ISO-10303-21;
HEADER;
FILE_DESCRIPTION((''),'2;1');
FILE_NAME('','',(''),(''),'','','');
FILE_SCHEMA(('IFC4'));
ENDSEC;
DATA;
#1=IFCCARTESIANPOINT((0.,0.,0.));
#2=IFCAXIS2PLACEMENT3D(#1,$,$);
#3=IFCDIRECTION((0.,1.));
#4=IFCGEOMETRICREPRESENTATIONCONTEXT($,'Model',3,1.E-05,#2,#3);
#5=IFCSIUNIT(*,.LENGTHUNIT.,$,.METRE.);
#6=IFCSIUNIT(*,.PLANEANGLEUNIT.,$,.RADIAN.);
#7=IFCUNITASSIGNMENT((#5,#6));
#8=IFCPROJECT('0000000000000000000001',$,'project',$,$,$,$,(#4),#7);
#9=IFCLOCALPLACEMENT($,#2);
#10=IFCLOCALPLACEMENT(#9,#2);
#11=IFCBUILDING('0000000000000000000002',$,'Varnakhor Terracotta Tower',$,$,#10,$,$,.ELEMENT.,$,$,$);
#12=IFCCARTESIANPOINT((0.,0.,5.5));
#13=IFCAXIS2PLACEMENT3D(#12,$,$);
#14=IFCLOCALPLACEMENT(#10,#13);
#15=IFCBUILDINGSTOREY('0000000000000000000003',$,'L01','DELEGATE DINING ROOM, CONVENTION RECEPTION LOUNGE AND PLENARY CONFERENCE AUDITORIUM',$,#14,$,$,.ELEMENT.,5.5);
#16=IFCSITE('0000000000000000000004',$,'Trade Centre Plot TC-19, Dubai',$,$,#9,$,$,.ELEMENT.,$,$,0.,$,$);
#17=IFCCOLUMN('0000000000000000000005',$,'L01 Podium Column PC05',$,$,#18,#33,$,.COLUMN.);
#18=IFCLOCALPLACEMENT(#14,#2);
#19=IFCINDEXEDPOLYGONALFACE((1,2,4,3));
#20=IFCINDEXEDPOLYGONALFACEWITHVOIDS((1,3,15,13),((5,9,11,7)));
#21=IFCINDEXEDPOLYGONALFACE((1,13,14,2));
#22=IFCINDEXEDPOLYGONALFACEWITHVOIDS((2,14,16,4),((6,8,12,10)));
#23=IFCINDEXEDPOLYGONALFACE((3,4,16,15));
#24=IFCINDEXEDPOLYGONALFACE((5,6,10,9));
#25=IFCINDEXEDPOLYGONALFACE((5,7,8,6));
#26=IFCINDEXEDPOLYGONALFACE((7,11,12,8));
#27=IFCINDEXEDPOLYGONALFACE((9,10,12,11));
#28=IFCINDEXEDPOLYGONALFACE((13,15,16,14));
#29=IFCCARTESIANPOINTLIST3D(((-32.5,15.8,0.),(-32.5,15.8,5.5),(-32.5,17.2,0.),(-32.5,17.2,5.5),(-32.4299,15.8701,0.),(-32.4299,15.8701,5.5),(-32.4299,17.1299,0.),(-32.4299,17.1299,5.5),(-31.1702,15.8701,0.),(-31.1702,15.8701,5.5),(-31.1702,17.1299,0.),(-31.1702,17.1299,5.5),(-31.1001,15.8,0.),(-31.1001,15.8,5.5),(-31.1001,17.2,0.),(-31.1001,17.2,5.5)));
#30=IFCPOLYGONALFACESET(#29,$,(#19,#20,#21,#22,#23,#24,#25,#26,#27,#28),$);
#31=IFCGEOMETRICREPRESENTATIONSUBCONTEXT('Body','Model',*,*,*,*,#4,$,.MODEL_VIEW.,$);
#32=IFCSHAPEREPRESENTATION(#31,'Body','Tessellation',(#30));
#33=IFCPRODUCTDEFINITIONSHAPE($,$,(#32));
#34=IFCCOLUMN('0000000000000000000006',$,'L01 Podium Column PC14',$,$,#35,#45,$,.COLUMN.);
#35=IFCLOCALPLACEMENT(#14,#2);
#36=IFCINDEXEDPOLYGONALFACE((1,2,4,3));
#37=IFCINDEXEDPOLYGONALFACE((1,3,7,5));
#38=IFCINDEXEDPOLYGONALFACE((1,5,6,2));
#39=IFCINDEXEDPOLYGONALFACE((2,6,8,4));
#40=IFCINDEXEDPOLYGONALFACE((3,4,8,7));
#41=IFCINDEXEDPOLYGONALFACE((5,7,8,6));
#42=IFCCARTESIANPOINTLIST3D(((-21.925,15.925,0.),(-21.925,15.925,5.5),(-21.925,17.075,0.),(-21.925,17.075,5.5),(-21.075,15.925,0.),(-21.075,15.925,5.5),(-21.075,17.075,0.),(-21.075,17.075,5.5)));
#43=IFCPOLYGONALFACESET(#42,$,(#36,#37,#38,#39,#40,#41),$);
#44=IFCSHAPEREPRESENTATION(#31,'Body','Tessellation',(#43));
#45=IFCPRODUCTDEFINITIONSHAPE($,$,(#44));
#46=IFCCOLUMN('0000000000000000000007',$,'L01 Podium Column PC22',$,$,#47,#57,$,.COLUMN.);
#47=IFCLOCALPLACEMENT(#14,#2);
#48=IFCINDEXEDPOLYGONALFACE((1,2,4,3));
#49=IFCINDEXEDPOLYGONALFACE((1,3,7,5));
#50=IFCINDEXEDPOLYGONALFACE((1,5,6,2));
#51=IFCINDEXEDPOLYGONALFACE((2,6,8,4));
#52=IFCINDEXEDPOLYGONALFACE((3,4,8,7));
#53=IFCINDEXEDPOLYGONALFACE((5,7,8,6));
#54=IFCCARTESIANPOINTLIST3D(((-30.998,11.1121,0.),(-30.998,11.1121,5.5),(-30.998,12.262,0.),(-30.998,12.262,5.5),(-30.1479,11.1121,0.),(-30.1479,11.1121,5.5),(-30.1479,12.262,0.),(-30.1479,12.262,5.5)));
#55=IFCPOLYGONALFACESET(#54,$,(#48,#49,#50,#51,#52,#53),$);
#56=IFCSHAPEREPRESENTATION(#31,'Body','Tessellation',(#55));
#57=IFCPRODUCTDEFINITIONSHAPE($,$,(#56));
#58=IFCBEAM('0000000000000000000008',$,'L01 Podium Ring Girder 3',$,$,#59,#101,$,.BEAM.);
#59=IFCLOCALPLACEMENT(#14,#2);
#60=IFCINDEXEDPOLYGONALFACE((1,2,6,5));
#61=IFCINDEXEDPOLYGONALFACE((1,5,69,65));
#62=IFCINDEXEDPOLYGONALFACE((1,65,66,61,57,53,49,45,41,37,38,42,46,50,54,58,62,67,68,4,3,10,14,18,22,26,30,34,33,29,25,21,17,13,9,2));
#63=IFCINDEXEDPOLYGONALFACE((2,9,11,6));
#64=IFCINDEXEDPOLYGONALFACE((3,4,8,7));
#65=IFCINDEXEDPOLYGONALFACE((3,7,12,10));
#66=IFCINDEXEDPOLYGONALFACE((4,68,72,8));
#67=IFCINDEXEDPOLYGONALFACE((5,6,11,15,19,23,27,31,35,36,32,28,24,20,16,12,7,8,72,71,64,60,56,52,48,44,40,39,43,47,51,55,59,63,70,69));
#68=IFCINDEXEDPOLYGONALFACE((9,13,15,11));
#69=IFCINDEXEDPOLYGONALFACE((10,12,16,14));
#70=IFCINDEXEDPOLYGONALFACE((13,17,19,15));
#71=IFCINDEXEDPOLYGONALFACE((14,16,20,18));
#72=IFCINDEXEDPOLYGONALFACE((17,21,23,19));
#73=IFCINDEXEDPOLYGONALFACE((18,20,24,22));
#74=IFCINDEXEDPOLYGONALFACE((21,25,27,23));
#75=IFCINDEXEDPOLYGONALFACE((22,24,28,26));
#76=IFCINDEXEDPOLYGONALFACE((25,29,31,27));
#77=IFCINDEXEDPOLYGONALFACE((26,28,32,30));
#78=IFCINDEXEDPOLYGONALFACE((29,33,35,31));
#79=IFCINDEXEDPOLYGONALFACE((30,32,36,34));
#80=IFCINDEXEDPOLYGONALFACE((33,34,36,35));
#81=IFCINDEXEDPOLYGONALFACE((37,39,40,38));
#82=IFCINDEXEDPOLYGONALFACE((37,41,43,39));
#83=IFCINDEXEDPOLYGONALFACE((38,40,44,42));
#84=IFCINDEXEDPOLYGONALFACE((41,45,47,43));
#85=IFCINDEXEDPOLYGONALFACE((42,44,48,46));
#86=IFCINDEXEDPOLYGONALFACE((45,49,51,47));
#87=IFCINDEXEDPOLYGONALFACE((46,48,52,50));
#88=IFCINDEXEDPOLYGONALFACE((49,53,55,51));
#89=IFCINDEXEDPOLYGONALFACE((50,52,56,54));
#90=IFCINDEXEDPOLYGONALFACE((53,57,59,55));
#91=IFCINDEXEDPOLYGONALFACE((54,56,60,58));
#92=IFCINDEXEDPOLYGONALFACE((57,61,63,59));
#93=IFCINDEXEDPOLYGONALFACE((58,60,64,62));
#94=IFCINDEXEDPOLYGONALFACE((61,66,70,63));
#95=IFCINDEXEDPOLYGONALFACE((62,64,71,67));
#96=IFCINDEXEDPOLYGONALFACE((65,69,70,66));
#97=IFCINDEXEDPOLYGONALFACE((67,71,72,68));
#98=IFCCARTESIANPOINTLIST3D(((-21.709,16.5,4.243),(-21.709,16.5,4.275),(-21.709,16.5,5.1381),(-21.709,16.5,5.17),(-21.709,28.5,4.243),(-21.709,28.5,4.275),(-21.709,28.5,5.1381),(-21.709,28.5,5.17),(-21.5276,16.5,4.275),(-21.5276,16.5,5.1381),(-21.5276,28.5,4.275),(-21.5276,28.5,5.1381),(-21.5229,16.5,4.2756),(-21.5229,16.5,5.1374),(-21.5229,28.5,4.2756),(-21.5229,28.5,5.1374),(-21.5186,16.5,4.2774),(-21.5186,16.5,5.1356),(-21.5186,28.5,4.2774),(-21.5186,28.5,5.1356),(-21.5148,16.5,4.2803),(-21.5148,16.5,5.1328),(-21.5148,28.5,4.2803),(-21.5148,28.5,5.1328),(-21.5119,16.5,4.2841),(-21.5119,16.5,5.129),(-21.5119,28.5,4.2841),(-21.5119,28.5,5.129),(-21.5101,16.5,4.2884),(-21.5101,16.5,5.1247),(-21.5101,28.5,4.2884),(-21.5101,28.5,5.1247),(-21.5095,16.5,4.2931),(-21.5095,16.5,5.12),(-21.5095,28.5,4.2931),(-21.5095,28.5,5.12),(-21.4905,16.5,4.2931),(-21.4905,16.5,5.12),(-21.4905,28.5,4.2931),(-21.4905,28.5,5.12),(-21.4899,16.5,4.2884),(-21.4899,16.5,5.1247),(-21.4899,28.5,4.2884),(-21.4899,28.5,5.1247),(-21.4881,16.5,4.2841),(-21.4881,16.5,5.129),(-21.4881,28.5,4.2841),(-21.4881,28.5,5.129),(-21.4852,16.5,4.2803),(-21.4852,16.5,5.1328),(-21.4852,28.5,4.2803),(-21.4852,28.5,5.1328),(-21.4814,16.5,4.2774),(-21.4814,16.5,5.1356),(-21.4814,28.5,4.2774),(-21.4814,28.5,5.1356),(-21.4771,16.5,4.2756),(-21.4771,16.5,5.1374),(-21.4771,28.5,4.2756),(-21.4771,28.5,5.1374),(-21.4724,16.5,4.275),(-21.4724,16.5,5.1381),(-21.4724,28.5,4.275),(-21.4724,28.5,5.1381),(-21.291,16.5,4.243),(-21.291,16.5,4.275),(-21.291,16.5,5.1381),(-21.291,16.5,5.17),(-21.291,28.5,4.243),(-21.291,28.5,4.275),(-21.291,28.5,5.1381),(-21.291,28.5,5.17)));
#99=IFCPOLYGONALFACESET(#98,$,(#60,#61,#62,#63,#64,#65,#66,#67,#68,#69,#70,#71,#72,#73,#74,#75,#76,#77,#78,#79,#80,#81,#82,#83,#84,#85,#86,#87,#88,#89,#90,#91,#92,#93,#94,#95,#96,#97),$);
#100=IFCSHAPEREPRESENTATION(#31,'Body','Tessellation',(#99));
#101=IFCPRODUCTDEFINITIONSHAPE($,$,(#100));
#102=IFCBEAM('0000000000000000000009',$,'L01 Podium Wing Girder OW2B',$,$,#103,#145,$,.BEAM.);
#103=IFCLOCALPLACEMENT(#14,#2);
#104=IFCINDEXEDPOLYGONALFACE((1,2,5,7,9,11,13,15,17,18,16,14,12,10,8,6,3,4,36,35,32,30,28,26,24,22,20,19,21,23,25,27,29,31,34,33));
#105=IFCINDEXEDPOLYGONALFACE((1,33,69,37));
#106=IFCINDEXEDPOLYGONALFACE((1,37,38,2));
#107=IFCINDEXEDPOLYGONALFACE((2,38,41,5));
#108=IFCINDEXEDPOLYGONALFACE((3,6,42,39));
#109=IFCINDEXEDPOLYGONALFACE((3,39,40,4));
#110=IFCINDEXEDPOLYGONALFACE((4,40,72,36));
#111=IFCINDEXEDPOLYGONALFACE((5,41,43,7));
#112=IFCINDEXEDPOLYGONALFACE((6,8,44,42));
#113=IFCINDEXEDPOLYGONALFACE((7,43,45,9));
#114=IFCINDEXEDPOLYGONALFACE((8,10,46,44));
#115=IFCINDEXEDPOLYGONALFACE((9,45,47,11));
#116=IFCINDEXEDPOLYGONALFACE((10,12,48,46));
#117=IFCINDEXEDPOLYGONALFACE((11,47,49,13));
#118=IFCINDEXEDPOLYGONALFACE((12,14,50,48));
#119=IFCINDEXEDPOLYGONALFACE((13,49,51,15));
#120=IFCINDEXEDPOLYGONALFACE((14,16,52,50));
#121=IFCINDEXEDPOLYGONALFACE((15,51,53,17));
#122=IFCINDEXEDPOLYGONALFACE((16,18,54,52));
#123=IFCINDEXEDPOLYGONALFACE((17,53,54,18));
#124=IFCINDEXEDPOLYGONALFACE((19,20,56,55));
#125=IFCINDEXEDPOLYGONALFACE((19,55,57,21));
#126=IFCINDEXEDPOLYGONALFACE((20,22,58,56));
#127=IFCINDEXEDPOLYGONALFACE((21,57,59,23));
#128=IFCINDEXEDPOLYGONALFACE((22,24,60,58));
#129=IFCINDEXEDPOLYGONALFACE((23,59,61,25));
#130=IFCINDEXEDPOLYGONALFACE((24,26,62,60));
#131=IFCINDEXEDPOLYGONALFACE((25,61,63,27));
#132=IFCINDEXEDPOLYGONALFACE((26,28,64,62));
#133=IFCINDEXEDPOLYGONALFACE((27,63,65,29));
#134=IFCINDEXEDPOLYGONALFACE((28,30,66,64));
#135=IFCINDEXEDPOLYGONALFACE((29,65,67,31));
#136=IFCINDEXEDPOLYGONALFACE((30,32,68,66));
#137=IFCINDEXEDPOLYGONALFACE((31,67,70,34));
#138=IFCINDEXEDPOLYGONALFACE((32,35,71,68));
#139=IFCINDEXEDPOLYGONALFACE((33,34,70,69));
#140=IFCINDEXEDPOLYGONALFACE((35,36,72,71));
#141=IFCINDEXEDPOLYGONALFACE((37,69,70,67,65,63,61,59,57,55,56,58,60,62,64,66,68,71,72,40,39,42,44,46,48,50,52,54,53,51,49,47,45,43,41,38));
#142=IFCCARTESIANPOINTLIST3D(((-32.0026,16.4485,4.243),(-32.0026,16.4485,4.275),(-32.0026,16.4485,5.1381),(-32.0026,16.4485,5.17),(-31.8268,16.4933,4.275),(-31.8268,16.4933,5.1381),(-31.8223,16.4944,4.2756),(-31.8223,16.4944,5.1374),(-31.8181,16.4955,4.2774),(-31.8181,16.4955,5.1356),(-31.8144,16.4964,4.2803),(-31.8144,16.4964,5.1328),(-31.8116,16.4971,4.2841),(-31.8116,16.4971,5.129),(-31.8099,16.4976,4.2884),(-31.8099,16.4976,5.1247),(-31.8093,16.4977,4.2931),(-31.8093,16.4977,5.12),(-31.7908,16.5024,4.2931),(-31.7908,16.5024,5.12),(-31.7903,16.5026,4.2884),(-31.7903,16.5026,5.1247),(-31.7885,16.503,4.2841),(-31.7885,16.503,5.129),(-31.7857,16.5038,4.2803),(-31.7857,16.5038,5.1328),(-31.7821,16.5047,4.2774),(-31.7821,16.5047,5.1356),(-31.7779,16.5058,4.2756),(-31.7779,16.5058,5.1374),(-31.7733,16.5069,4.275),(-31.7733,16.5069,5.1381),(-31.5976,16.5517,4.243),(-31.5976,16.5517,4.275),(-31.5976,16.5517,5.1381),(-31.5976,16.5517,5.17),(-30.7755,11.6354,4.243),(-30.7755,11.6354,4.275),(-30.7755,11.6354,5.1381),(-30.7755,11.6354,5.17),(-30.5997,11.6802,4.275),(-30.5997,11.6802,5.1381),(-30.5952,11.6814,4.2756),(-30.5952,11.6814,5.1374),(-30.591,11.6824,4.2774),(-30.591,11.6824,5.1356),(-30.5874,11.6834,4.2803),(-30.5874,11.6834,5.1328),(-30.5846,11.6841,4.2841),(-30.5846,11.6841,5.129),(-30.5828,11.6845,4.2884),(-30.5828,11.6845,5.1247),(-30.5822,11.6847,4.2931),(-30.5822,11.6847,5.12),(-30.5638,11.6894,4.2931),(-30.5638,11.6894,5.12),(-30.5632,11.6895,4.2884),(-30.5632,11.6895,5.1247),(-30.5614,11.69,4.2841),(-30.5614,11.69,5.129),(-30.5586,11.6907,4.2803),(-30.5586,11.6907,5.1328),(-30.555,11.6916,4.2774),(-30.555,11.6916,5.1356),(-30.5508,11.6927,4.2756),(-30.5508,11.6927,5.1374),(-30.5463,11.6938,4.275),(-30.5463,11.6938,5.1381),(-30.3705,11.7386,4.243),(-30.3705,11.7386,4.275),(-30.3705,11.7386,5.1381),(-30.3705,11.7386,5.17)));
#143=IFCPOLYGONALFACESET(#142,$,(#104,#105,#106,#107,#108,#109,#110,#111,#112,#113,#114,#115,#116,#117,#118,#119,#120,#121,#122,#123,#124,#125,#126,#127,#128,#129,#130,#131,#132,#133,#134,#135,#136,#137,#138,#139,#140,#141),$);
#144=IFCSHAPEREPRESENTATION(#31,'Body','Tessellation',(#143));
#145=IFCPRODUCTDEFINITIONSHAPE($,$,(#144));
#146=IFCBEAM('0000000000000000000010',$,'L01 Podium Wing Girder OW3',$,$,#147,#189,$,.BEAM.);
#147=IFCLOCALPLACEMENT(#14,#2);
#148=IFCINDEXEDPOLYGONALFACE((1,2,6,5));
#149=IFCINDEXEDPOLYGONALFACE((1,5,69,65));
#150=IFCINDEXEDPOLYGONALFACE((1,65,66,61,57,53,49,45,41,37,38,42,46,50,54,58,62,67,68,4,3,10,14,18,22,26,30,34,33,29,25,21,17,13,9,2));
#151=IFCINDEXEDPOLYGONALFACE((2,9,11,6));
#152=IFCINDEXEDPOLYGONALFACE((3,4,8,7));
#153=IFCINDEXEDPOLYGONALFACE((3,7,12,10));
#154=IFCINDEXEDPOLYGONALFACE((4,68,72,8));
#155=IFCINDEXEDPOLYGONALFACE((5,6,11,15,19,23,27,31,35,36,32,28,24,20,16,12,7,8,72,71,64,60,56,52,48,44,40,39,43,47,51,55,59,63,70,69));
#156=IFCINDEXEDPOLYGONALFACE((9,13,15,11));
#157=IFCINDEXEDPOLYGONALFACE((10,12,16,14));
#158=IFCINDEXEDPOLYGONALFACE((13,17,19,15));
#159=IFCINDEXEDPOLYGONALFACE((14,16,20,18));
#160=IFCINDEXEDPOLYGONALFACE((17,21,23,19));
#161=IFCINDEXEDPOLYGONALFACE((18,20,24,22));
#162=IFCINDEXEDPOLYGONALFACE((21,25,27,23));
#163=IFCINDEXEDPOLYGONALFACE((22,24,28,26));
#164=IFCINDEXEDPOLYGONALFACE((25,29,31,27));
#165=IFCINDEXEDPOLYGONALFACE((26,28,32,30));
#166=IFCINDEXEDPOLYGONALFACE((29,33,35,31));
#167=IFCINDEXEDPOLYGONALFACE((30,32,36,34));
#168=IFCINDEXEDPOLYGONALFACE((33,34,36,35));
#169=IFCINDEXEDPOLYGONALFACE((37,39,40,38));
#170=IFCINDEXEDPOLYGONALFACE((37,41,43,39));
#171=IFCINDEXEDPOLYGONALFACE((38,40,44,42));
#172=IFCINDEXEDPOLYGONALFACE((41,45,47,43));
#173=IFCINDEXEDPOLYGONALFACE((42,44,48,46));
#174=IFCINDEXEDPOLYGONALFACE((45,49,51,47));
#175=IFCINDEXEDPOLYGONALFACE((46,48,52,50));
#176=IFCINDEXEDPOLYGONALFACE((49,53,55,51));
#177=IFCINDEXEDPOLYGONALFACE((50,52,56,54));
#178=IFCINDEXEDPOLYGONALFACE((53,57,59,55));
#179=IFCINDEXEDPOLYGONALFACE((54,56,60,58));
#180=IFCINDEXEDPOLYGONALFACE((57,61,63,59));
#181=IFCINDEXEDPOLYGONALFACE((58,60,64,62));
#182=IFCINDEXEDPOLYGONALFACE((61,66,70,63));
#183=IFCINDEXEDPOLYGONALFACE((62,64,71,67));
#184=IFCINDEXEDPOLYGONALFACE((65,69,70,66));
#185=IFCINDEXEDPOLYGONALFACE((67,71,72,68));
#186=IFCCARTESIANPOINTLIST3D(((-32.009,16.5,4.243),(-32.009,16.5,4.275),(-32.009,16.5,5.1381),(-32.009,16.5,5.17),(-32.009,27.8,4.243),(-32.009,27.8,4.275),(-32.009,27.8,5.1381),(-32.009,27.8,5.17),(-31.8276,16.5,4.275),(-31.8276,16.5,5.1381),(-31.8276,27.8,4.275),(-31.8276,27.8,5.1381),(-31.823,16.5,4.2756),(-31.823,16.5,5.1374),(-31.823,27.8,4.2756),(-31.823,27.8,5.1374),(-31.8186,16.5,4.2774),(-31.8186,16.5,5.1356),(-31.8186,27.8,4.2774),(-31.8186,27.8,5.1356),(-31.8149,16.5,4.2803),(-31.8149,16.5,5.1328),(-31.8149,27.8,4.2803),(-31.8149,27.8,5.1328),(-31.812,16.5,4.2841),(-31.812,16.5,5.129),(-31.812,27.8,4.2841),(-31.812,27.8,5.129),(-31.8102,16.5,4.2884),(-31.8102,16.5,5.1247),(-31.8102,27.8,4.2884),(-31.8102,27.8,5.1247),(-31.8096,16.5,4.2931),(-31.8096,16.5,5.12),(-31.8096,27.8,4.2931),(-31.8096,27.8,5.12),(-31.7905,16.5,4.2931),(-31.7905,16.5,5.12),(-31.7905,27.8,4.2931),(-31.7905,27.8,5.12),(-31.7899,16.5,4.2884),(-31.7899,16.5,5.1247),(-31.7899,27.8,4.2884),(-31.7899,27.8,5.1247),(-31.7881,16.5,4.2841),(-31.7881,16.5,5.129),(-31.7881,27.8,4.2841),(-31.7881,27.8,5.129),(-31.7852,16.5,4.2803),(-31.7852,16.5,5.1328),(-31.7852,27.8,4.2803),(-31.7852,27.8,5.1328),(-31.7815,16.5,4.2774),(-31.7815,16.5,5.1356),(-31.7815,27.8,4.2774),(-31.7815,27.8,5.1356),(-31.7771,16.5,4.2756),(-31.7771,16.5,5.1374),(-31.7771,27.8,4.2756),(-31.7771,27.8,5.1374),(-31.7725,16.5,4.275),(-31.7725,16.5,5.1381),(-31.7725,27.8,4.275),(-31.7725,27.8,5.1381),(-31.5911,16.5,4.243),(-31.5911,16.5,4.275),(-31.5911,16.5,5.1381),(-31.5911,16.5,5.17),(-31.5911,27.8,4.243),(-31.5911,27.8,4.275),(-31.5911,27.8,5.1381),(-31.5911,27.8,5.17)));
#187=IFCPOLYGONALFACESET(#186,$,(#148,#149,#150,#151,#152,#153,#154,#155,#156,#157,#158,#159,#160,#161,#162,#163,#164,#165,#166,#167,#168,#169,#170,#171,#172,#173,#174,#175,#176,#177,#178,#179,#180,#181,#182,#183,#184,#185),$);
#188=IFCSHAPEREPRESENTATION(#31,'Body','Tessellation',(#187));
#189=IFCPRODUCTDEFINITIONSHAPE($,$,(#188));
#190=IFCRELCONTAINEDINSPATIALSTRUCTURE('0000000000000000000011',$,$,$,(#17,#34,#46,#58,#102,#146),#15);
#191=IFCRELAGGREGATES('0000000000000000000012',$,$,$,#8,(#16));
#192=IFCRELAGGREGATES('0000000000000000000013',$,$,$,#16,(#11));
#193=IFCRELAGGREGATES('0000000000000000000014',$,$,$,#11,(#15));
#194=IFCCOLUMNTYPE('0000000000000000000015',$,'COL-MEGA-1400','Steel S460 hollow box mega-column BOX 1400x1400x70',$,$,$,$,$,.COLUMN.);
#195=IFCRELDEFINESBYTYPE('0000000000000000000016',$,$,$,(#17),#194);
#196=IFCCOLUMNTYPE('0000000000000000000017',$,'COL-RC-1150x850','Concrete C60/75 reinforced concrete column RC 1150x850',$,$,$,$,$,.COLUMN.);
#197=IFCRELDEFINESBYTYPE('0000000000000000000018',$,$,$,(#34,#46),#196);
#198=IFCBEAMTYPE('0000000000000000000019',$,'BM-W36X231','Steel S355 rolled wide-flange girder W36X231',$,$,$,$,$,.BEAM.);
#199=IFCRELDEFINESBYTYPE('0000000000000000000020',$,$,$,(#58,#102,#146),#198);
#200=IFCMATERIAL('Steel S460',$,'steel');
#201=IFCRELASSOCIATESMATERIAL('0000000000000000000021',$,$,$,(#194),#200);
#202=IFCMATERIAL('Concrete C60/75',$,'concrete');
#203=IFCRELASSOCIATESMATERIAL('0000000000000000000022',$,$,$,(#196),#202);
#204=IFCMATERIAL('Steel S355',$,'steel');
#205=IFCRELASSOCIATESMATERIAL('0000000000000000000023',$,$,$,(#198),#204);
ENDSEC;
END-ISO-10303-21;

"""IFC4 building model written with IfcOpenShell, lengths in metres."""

from ifc_helpers import new_model, si_unit, direction, frame, origin, origin_2d, place, context, subcontext, project, spatial, rectangle, hollow_rectangle, i_section, extrude, source, transform, mapped, material, material_profile, profile_set, type_object, element, save


model = new_model("IFC4")

# Units and contexts
model_context = context("Model", 3, precision=1e-05, world=origin(), true_north=direction((0.0, 1.0)))
body_context = subcontext(model_context, "Body", "Model", "MODEL_VIEW")
ifc_project = project(units=[si_unit("LENGTHUNIT", "METRE"), si_unit("PLANEANGLEUNIT", "RADIAN")], contexts=[model_context])

# Site, building, storey
site_placement = place(None, origin())
site = spatial("IfcSite", under=ifc_project, at=site_placement, Name="Trade Centre Plot TC-19, Dubai", CompositionType="ELEMENT", RefElevation=0.0)
building_placement = place(site_placement, origin())
building = spatial("IfcBuilding", under=site, at=building_placement, Name="Varnakhor Terracotta Tower", CompositionType="ELEMENT")
storey_placement = place(building_placement, frame((0.0, 0.0, 5.5)))
storey = spatial("IfcBuildingStorey", under=building, at=storey_placement, Name="L01", Description="DELEGATE DINING ROOM, CONVENTION RECEPTION LOUNGE AND PLENARY CONFERENCE AUDITORIUM", CompositionType="ELEMENT", Elevation=5.5)

# Columns
ifc_material_1 = material(Name="Steel S460", Category="steel")
ifc_material_profile_1 = material_profile(ifc_material_1, hollow_rectangle(XDim=1.3999, YDim=1.3999, WallThickness=0.0701, at=origin_2d()), Name="BOX 1400x1400x70")
ifc_profile_set_1 = profile_set([ifc_material_profile_1], Name="Steel S460")
column_type_1 = type_object("IfcColumnType", Name="COL-MEGA-1400", Description="Steel S460 hollow box mega-column BOX 1400x1400x70", PredefinedType="COLUMN", material=ifc_profile_set_1)
shared_shape_1 = source(origin(), body_context, "Body", "SweptSolid", [
    extrude(hollow_rectangle(XDim=1.3999, YDim=1.3999, WallThickness=0.0701, at=origin_2d()), origin(), (0.0, 0.0, 1.0), 5.5),
])
column_placement = place(storey_placement, frame((-31.8, 16.5, 0.0), z_axis=(0.0, 0.0, 1.0), x_axis=(1.0, 0.0, 0.0)))
element("IfcColumn", 1, at=column_placement, inside=storey, type_object=column_type_1, Name="L01 Podium Column PC05", PredefinedType="COLUMN", context=body_context, shape_type="MappedRepresentation", body=[
    mapped(shared_shape_1, transform((0.0, 0.0, 0.0), scale=1.0)),
])
ifc_material_2 = material(Name="Concrete C60/75", Category="concrete")
ifc_material_profile_2 = material_profile(ifc_material_2, rectangle(XDim=0.8501, YDim=1.1499, at=origin_2d()), Name="RC 1150x850")
ifc_profile_set_2 = profile_set([ifc_material_profile_2], Name="Concrete C60/75")
column_type_2 = type_object("IfcColumnType", Name="COL-RC-1150x850", Description="Concrete C60/75 reinforced concrete column RC 1150x850", PredefinedType="COLUMN", material=ifc_profile_set_2)
shared_shape_2 = source(origin(), body_context, "Body", "SweptSolid", [
    extrude(rectangle(XDim=0.8501, YDim=1.1499, at=origin_2d()), origin(), (0.0, 0.0, 1.0), 5.5),
])
for number, where, z_axis, x_axis, name in (
    (2, (-21.5, 16.5, 0.0), (0.0, 0.0, 1.0), (1.0, 0.0, 0.0), "L01 Podium Column PC14"),
    (3, (-30.573, 11.687, 0.0), (0.0, 0.0, 1.0), (1.0, 0.0, 0.0), "L01 Podium Column PC22"),
):
    element("IfcColumn", number, at=place(storey_placement, frame(where, z_axis=z_axis, x_axis=x_axis)), inside=storey, type_object=column_type_2, Name=name, PredefinedType="COLUMN", context=body_context, shape_type="MappedRepresentation", body=[
        mapped(shared_shape_2, transform((0.0, 0.0, 0.0), scale=1.0)),
    ])

# Beams
ifc_material_3 = material(Name="Steel S355", Category="steel")
ifc_material_profile_3 = material_profile(ifc_material_3, i_section(OverallWidth=0.418, OverallDepth=0.927, WebThickness=0.019, FlangeThickness=0.032, FilletRadius=0.0181, at=origin_2d()), Name="W36X231")
ifc_profile_set_3 = profile_set([ifc_material_profile_3], Name="Steel S355")
beam_type = type_object("IfcBeamType", Name="BM-W36X231", Description="Steel S355 rolled wide-flange girder W36X231", PredefinedType="BEAM", material=ifc_profile_set_3)
shared_shape_3 = source(origin(), body_context, "Body", "SweptSolid", [
    extrude(i_section(OverallWidth=0.418, OverallDepth=0.927, WebThickness=0.019, FlangeThickness=0.032, FilletRadius=0.0181, at=origin_2d()), origin(), (0.0, 0.0, 1.0), 12.0),
])
beam_1_placement = place(storey_placement, frame((-21.5, 16.5, 4.7065), z_axis=(0.0, 1.0, 0.0), x_axis=(-1.0, 0.0, 0.0)))
element("IfcBeam", 4, at=beam_1_placement, inside=storey, type_object=beam_type, Name="L01 Podium Ring Girder 3", PredefinedType="BEAM", context=body_context, shape_type="MappedRepresentation", body=[
    mapped(shared_shape_3, transform((0.0, 0.0, 0.0), scale=1.0)),
])
shared_shape_4 = source(origin(), body_context, "Body", "SweptSolid", [
    extrude(i_section(OverallWidth=0.418, OverallDepth=0.927, WebThickness=0.019, FlangeThickness=0.032, FilletRadius=0.0181, at=origin_2d()), origin(), (0.0, 0.0, 1.0), 4.967),
])
beam_2_placement = place(storey_placement, frame((-30.573, 11.687, 4.7065), z_axis=(-0.247044, 0.969004, 0.0), x_axis=(-0.969004, -0.247044, 0.0)))
element("IfcBeam", 5, at=beam_2_placement, inside=storey, type_object=beam_type, Name="L01 Podium Wing Girder OW2B", PredefinedType="BEAM", context=body_context, shape_type="MappedRepresentation", body=[
    mapped(shared_shape_4, transform((0.0, 0.0, 0.0), scale=1.0)),
])
shared_shape_5 = source(origin(), body_context, "Body", "SweptSolid", [
    extrude(i_section(OverallWidth=0.418, OverallDepth=0.927, WebThickness=0.019, FlangeThickness=0.032, FilletRadius=0.0181, at=origin_2d()), origin(), (0.0, 0.0, 1.0), 11.3),
])
beam_3_placement = place(storey_placement, frame((-31.8, 16.5, 4.7065), z_axis=(0.0, 1.0, 0.0), x_axis=(-1.0, 0.0, 0.0)))
element("IfcBeam", 6, at=beam_3_placement, inside=storey, type_object=beam_type, Name="L01 Podium Wing Girder OW3", PredefinedType="BEAM", context=body_context, shape_type="MappedRepresentation", body=[
    mapped(shared_shape_5, transform((0.0, 0.0, 0.0), scale=1.0)),
])

save(model, "model.ifc")
